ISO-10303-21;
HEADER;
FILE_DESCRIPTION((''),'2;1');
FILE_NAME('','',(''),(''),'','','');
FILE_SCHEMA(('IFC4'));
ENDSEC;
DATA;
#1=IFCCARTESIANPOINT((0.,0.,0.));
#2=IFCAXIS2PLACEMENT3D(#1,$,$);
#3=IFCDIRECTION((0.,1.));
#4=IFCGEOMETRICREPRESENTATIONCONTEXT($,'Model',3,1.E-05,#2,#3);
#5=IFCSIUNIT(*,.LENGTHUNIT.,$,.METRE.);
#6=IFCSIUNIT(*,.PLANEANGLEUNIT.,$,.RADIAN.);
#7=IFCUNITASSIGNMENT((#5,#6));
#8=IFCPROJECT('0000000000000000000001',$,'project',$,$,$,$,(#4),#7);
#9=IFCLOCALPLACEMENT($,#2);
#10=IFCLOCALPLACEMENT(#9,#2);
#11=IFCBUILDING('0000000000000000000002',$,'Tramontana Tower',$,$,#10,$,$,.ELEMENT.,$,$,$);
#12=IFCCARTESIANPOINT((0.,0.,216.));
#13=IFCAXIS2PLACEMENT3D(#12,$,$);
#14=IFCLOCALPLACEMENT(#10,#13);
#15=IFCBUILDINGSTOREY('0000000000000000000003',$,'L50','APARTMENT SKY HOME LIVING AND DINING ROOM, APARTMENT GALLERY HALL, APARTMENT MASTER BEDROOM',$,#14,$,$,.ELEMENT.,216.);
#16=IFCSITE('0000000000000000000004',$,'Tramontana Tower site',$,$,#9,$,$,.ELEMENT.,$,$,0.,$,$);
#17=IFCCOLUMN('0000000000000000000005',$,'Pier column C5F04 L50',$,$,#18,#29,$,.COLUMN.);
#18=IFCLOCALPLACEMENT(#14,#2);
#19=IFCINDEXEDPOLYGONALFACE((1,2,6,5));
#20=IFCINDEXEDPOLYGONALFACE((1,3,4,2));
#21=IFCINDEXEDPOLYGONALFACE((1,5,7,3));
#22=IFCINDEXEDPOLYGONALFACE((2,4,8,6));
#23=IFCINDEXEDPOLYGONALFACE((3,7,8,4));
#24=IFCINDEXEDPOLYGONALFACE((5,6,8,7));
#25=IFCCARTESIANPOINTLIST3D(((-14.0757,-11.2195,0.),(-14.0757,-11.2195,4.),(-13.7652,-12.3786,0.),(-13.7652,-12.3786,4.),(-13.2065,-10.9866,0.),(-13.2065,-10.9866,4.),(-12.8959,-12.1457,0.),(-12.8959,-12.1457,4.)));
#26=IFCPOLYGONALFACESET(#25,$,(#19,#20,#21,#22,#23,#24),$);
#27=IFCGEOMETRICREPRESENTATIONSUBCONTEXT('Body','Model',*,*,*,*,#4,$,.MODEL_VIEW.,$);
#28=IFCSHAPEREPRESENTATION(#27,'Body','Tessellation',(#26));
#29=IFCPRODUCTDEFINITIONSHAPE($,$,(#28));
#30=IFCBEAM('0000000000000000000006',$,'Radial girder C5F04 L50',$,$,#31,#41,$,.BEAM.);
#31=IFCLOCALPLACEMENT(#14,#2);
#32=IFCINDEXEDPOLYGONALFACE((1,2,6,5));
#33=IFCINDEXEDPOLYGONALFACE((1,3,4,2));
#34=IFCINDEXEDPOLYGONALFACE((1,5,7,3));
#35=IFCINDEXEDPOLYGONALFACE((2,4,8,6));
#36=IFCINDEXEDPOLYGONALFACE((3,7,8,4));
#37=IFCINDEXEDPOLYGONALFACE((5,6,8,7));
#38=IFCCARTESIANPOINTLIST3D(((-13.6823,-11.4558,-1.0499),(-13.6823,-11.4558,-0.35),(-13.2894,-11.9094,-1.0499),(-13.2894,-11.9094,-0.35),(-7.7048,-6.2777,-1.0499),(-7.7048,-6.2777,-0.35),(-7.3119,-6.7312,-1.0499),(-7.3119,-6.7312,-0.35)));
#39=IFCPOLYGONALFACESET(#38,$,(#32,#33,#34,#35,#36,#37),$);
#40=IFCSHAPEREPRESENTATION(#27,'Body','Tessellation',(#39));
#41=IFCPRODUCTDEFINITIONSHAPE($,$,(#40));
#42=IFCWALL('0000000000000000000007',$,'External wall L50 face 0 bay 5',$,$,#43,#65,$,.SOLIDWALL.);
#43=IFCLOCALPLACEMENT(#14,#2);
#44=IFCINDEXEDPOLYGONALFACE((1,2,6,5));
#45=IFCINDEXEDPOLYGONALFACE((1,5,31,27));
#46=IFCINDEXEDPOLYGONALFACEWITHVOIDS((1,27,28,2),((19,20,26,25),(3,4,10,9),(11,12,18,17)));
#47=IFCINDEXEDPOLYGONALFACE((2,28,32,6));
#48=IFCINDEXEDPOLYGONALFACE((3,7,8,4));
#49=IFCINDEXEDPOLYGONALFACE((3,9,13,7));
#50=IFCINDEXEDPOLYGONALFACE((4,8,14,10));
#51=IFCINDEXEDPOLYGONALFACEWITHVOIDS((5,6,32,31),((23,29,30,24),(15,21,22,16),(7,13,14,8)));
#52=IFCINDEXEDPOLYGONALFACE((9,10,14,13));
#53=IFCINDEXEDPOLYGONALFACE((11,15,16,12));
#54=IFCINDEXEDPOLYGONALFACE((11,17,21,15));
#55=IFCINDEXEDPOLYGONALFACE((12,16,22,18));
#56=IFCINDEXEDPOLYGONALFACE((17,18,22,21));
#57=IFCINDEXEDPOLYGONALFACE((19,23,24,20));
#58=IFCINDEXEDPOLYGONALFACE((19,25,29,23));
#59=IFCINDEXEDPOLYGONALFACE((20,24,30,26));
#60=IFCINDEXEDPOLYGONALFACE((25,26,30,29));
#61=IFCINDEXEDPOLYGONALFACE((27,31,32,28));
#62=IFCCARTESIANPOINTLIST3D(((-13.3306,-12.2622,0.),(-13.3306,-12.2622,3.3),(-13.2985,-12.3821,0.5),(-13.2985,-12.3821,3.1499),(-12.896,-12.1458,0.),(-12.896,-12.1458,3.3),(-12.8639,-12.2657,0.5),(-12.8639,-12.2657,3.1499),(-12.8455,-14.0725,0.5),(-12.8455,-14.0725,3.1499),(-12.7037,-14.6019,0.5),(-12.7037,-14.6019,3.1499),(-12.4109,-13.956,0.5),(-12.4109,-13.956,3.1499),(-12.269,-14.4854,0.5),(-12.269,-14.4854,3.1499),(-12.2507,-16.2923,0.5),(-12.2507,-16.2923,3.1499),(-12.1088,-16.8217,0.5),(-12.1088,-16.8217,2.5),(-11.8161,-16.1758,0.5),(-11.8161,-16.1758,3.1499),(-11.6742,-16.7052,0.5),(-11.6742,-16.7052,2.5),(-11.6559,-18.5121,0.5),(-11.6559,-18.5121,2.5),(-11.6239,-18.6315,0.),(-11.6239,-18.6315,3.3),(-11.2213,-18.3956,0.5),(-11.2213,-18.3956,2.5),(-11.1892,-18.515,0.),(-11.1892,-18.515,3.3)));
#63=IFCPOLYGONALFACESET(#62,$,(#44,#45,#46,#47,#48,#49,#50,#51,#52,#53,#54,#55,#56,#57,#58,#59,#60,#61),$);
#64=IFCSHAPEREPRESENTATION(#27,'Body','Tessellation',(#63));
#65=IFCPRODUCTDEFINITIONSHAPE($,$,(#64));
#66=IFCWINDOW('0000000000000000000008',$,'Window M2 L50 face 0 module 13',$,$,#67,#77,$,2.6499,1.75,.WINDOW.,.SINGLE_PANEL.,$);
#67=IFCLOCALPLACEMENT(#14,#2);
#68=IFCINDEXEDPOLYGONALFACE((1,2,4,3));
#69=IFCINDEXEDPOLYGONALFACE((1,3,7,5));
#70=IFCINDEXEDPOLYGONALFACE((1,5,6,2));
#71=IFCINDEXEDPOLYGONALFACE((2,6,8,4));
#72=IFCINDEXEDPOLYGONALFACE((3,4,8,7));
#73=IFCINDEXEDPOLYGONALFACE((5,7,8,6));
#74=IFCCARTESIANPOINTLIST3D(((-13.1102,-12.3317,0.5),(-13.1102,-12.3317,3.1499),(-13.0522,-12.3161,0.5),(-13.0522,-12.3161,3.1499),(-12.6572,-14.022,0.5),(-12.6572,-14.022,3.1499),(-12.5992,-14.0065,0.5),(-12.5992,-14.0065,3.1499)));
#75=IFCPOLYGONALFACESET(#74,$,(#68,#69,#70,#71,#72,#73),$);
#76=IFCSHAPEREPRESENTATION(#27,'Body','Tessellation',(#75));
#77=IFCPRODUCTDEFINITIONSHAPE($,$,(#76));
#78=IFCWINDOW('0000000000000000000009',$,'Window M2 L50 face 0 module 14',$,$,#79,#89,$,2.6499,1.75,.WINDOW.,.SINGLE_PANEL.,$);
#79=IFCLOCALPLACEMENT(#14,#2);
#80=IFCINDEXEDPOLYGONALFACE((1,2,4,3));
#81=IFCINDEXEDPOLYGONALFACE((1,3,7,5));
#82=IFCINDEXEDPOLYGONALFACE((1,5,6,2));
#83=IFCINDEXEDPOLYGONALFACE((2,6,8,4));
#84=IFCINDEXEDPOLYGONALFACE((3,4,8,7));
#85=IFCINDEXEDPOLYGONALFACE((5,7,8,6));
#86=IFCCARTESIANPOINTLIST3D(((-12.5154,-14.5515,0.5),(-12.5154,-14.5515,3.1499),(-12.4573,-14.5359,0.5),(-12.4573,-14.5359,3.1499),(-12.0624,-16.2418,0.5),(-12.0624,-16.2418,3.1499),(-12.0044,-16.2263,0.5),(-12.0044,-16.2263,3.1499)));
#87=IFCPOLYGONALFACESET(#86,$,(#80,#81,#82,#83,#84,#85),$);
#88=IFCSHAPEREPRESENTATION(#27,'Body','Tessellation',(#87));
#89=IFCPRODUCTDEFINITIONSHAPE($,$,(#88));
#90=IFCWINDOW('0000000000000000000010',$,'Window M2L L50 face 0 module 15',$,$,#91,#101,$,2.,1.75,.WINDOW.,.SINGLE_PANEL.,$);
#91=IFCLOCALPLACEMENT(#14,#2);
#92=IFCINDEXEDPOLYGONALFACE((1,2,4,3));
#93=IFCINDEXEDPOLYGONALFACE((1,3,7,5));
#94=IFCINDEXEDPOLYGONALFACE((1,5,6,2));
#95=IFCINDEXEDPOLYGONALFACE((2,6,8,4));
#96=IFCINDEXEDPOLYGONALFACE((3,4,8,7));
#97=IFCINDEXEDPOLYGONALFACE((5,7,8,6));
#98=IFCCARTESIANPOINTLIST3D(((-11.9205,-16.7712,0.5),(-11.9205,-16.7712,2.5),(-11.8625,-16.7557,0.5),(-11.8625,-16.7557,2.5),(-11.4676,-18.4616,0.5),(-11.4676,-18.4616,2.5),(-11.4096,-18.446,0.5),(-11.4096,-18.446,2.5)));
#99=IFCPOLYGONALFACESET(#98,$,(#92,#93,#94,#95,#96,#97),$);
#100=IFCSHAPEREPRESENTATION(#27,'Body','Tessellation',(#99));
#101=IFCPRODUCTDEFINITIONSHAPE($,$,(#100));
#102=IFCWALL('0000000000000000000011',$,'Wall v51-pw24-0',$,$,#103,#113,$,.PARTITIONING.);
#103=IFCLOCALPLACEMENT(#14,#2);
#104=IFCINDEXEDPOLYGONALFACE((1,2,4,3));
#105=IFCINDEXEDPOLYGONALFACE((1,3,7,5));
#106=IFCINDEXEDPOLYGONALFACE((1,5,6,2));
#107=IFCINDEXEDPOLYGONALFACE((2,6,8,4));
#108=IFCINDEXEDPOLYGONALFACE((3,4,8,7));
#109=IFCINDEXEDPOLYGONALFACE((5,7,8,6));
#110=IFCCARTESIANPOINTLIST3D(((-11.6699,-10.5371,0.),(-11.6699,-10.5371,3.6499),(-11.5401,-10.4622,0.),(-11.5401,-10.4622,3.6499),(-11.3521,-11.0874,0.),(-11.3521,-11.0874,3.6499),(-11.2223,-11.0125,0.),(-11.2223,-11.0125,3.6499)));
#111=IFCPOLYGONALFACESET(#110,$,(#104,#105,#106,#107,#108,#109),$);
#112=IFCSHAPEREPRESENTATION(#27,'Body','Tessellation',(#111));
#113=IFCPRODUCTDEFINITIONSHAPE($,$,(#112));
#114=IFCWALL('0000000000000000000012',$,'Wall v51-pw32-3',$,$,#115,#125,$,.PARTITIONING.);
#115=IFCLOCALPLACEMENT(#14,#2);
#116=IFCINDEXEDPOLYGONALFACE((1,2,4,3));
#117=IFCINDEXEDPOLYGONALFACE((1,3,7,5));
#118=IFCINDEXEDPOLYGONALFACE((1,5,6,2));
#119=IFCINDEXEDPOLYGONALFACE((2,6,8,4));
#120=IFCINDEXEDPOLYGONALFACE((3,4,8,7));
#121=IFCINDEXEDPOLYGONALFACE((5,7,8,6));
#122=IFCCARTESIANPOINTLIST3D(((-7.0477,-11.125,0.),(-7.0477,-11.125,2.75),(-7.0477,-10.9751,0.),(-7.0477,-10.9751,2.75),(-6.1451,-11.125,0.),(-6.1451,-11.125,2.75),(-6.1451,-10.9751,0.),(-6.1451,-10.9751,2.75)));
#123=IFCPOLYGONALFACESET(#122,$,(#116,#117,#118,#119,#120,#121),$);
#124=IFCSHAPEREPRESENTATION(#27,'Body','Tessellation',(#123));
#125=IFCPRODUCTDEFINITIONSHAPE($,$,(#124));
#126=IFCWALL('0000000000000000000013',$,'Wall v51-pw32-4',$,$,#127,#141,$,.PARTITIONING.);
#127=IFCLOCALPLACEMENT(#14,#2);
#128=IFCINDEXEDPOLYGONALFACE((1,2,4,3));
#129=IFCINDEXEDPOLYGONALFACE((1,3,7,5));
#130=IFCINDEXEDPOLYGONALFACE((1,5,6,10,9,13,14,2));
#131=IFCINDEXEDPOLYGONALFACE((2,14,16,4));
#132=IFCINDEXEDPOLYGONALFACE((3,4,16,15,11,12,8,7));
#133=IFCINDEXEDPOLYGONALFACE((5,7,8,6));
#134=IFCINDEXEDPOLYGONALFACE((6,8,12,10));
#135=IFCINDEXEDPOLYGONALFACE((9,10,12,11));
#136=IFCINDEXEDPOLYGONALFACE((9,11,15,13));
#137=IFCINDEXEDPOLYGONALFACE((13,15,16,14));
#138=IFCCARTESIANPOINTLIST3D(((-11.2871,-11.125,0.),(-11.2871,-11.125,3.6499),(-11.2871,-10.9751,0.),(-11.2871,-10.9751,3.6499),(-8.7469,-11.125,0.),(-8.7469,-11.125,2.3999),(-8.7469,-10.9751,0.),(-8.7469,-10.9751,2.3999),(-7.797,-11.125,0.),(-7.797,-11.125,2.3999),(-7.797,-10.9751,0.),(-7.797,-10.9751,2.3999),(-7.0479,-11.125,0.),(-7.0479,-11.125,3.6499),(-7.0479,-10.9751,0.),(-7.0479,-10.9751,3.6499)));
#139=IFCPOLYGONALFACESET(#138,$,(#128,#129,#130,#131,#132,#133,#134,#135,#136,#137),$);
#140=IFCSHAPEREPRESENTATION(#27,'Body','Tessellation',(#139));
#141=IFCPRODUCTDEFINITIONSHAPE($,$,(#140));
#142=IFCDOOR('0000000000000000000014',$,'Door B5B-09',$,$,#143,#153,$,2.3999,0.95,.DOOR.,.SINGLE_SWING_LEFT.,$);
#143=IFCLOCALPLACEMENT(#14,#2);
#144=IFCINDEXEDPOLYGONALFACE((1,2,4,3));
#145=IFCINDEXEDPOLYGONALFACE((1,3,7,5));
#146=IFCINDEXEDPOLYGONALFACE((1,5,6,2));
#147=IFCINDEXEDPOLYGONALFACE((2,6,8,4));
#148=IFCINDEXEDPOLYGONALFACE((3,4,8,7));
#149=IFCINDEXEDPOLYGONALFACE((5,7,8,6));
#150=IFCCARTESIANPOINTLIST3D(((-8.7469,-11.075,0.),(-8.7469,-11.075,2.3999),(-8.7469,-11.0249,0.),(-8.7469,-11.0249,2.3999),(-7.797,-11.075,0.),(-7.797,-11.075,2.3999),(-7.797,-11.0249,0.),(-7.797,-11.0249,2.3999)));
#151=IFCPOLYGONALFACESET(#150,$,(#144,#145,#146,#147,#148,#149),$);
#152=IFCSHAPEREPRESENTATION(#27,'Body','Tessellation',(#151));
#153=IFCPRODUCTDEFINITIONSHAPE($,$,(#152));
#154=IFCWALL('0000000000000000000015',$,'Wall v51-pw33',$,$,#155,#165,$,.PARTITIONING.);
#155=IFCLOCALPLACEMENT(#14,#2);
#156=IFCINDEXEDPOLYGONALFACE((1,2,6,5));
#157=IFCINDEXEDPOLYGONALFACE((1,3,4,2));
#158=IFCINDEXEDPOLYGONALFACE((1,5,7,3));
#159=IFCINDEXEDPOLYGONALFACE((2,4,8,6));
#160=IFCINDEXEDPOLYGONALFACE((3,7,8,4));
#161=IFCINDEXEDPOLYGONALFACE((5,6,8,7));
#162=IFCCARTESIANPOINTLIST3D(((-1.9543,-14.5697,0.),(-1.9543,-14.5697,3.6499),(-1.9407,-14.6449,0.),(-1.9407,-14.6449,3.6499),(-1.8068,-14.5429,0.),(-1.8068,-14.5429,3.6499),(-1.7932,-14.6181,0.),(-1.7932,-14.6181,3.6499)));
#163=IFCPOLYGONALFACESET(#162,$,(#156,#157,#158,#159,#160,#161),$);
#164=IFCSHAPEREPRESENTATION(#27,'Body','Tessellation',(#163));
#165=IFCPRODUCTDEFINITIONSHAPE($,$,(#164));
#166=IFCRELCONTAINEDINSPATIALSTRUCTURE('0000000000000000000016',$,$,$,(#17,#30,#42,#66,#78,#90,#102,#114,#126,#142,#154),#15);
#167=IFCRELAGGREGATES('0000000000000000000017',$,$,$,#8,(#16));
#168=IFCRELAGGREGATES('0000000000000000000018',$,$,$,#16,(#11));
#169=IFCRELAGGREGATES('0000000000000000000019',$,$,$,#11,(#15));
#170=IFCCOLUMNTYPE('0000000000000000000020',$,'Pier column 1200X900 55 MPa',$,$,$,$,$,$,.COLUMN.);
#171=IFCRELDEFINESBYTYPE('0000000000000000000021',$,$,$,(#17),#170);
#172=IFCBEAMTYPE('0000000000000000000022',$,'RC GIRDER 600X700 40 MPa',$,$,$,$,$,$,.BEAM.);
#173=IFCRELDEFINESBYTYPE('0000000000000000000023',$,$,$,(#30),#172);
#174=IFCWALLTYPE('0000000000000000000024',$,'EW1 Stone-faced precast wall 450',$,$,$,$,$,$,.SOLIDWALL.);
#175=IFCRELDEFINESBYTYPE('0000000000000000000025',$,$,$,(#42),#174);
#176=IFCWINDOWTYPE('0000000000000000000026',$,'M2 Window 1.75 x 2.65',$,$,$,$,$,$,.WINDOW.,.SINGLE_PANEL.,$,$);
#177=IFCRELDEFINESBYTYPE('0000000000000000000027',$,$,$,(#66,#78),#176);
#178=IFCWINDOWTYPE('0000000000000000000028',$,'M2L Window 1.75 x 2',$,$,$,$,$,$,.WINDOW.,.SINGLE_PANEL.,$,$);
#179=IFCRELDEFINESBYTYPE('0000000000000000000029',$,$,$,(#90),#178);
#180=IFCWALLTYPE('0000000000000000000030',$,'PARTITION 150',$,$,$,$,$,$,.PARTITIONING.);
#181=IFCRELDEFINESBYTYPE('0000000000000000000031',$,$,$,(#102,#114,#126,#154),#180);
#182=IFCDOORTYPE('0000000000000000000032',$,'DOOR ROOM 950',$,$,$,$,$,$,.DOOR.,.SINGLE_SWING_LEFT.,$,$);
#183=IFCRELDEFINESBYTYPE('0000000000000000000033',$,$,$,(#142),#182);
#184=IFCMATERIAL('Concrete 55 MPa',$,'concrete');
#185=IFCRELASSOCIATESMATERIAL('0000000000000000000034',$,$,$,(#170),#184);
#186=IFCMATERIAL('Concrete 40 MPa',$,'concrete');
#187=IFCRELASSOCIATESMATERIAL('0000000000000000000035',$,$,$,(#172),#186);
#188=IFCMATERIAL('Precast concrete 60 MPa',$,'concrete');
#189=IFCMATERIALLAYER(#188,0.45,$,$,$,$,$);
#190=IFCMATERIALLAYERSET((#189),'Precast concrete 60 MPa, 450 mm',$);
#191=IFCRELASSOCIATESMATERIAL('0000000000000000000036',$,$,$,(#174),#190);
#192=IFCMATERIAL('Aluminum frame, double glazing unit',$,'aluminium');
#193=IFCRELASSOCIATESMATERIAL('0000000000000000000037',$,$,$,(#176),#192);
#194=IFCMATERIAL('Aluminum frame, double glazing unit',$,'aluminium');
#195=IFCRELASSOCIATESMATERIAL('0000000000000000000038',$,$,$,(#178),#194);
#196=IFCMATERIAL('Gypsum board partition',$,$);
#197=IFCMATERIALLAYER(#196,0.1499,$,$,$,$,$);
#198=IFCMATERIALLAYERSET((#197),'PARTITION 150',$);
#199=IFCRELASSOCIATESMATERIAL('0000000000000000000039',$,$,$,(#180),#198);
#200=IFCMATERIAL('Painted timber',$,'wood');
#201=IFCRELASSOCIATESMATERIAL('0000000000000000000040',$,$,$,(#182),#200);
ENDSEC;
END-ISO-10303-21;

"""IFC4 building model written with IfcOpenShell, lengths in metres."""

from ifc_helpers import new_model, si_unit, direction, frame, frame_2d, origin, origin_2d, place, context, subcontext, project, spatial, rectangle, extrude, material, layer, layer_set, material_profile, profile_set, type_object, element, fill, save


model = new_model("IFC4")

# Units and contexts
model_context = context("Model", 3, precision=1e-05, world=origin(), true_north=direction((0.0, 1.0)))
body_context = subcontext(model_context, "Body", "Model", "MODEL_VIEW")
ifc_project = project(units=[si_unit("LENGTHUNIT", "METRE"), si_unit("PLANEANGLEUNIT", "RADIAN")], contexts=[model_context])

# Site, building, storey
site_placement = place(None, origin())
site = spatial("IfcSite", under=ifc_project, at=site_placement, Name="Tramontana Tower site", CompositionType="ELEMENT", RefElevation=0.0)
building_placement = place(site_placement, origin())
building = spatial("IfcBuilding", under=site, at=building_placement, Name="Tramontana Tower", CompositionType="ELEMENT")
storey_placement = place(building_placement, frame((0.0, 0.0, 216.0)))
storey = spatial("IfcBuildingStorey", under=building, at=storey_placement, Name="L50", Description="APARTMENT SKY HOME LIVING AND DINING ROOM, APARTMENT GALLERY HALL, APARTMENT MASTER BEDROOM", CompositionType="ELEMENT", Elevation=216.0)

# Column
ifc_material_1 = material(Name="Concrete 55 MPa", Category="concrete")
ifc_material_profile_1 = material_profile(ifc_material_1, rectangle(XDim=1.2, YDim=0.8999, at=origin_2d()), Name="Pier column 1200X900 55 MPa")
ifc_profile_set_1 = profile_set([ifc_material_profile_1], Name="Concrete 55 MPa")
column_type = type_object("IfcColumnType", Name="Pier column 1200X900 55 MPa", PredefinedType="COLUMN", material=ifc_profile_set_1)
column_placement = place(storey_placement, frame((-13.4858, -11.6826, 0.0), z_axis=(0.0, 0.0, 1.0), x_axis=(0.258819, -0.965926, 0.0)))
element("IfcColumn", 1, at=column_placement, inside=storey, type_object=column_type, Name="Pier column C5F04 L50", PredefinedType="COLUMN", context=body_context, shape_type="SweptSolid", body=[
    extrude(rectangle(XDim=1.2, YDim=0.8999, at=origin_2d()), origin(), (0.0, 0.0, 1.0), 4.0),
])

# Beam
ifc_material_2 = material(Name="Concrete 40 MPa", Category="concrete")
ifc_material_profile_2 = material_profile(ifc_material_2, rectangle(XDim=0.6001, YDim=0.7, at=origin_2d()), Name="RC GIRDER 600X700 40 MPa")
ifc_profile_set_2 = profile_set([ifc_material_profile_2], Name="Concrete 40 MPa")
beam_type = type_object("IfcBeamType", Name="RC GIRDER 600X700 40 MPa", PredefinedType="BEAM", material=ifc_profile_set_2)
beam_placement = place(storey_placement, frame((-13.4858, -11.6826, -0.7), z_axis=(0.755834, 0.654764, 0.0), x_axis=(-0.654764, 0.755834, 0.0)))
element("IfcBeam", 2, at=beam_placement, inside=storey, type_object=beam_type, Name="Radial girder C5F04 L50", PredefinedType="BEAM", context=body_context, shape_type="SweptSolid", body=[
    extrude(rectangle(XDim=0.6001, YDim=0.7, at=origin_2d()), origin(), (0.0, 0.0, 1.0), 7.9084),
])

# Wall, openings, windows
ifc_material_3 = material(Name="Precast concrete 60 MPa", Category="concrete")
ifc_layer_1 = layer(ifc_material_3, 0.45)
ifc_layer_set_1 = layer_set([ifc_layer_1], Name="Precast concrete 60 MPa, 450 mm")
wall_type_1 = type_object("IfcWallType", Name="EW1 Stone-faced precast wall 450", PredefinedType="SOLIDWALL", material=ifc_layer_set_1)
wall_1_placement = place(storey_placement, frame((-13.1133, -12.2041, 0.0), z_axis=(0.0, 0.0, 1.0), x_axis=(0.258835, -0.965921, 0.0)))
wall_1 = element("IfcWall", 3, at=wall_1_placement, inside=storey, type_object=wall_type_1, Name="External wall L50 face 0 bay 5", PredefinedType="SOLIDWALL", context=body_context, shape_type="SweptSolid", body=[
    extrude(rectangle(XDim=6.594, YDim=0.45, at=frame_2d((3.2969, 0.0))), origin(), (0.0, 0.0, 1.0), 3.3),
])
opening_1_placement = place(wall_1_placement, frame((0.124, 0.0, 0.5)))
opening_1 = element("IfcOpeningElement", 4, at=opening_1_placement, cuts=wall_1, PredefinedType="OPENING", context=body_context, shape_type="SweptSolid", body=[
    extrude(rectangle(XDim=1.75, YDim=2.6499, at=frame_2d((0.875, 1.325))), frame((0.0, 0.2349, 0.0), z_axis=(0.0, -1.0, 0.0), x_axis=(1.0, 0.0, 0.0)), (0.0, 0.0, 1.0), 0.47),
])
opening_2_placement = place(wall_1_placement, frame((2.4221, 0.0, 0.5)))
opening_2 = element("IfcOpeningElement", 5, at=opening_2_placement, cuts=wall_1, PredefinedType="OPENING", context=body_context, shape_type="SweptSolid", body=[
    extrude(rectangle(XDim=1.75, YDim=2.6499, at=frame_2d((0.875, 1.325))), frame((0.0, 0.2349, 0.0), z_axis=(0.0, -1.0, 0.0), x_axis=(1.0, 0.0, 0.0)), (0.0, 0.0, 1.0), 0.47),
])
opening_3_placement = place(wall_1_placement, frame((4.7202, 0.0, 0.5)))
opening_3 = element("IfcOpeningElement", 6, at=opening_3_placement, cuts=wall_1, PredefinedType="OPENING", context=body_context, shape_type="SweptSolid", body=[
    extrude(rectangle(XDim=1.75, YDim=2.0, at=frame_2d((0.875, 1.0))), frame((0.0, 0.2349, 0.0), z_axis=(0.0, -1.0, 0.0), x_axis=(1.0, 0.0, 0.0)), (0.0, 0.0, 1.0), 0.47),
])
ifc_material_4 = material(Name="Aluminum frame, double glazing unit", Category="aluminium")
window_type_1 = type_object("IfcWindowType", Name="M2 Window 1.75 x 2.65", PartitioningType="SINGLE_PANEL", PredefinedType="WINDOW", material=ifc_material_4)
window_1_placement = place(opening_1_placement, origin())
window_1 = element("IfcWindow", 7, at=window_1_placement, inside=storey, type_object=window_type_1, Name="Window M2 L50 face 0 module 13", OverallHeight=2.6499, OverallWidth=1.75, PartitioningType="SINGLE_PANEL", PredefinedType="WINDOW", context=body_context, shape_type="SweptSolid", body=[
    extrude(rectangle(XDim=1.75, YDim=2.6499, at=frame_2d((0.875, 1.325))), frame((0.0, 0.03, 0.0), z_axis=(0.0, -1.0, 0.0), x_axis=(1.0, 0.0, 0.0)), (0.0, 0.0, 1.0), 0.0601),
])
fill(opening_1, window_1)
window_2_placement = place(opening_2_placement, origin())
window_2 = element("IfcWindow", 8, at=window_2_placement, inside=storey, type_object=window_type_1, Name="Window M2 L50 face 0 module 14", OverallHeight=2.6499, OverallWidth=1.75, PartitioningType="SINGLE_PANEL", PredefinedType="WINDOW", context=body_context, shape_type="SweptSolid", body=[
    extrude(rectangle(XDim=1.75, YDim=2.6499, at=frame_2d((0.875, 1.325))), frame((0.0, 0.03, 0.0), z_axis=(0.0, -1.0, 0.0), x_axis=(1.0, 0.0, 0.0)), (0.0, 0.0, 1.0), 0.0601),
])
fill(opening_2, window_2)
ifc_material_5 = material(Name="Aluminum frame, double glazing unit", Category="aluminium")
window_type_2 = type_object("IfcWindowType", Name="M2L Window 1.75 x 2", PartitioningType="SINGLE_PANEL", PredefinedType="WINDOW", material=ifc_material_5)
window_3_placement = place(opening_3_placement, origin())
window_3 = element("IfcWindow", 9, at=window_3_placement, inside=storey, type_object=window_type_2, Name="Window M2L L50 face 0 module 15", OverallHeight=2.0, OverallWidth=1.75, PartitioningType="SINGLE_PANEL", PredefinedType="WINDOW", context=body_context, shape_type="SweptSolid", body=[
    extrude(rectangle(XDim=1.75, YDim=2.0, at=frame_2d((0.875, 1.0))), frame((0.0, 0.03, 0.0), z_axis=(0.0, -1.0, 0.0), x_axis=(1.0, 0.0, 0.0)), (0.0, 0.0, 1.0), 0.0601),
])
fill(opening_3, window_3)

# Shared definitions
ifc_material_6 = material(Name="Gypsum board partition")
ifc_layer_2 = layer(ifc_material_6, 0.1499)
ifc_layer_set_2 = layer_set([ifc_layer_2], Name="PARTITION 150")
wall_type_2 = type_object("IfcWallType", Name="PARTITION 150", PredefinedType="PARTITIONING", material=ifc_layer_set_2)

# Wall
wall_2_placement = place(storey_placement, frame((-11.2871, -11.05, 0.0), z_axis=(0.0, 0.0, 1.0), x_axis=(-0.500188, 0.865917, 0.0)))
element("IfcWall", 10, at=wall_2_placement, inside=storey, type_object=wall_type_2, Name="Wall v51-pw24-0", PredefinedType="PARTITIONING", context=body_context, shape_type="SweptSolid", body=[
    extrude(rectangle(XDim=0.6355, YDim=0.1499, at=frame_2d((0.3179, 0.0))), origin(), (0.0, 0.0, 1.0), 3.6499),
])

# Wall
wall_3_placement = place(storey_placement, frame((-6.1453, -11.05, 0.0), z_axis=(0.0, 0.0, 1.0), x_axis=(-1.0, 0.0, 0.0)))
element("IfcWall", 11, at=wall_3_placement, inside=storey, type_object=wall_type_2, Name="Wall v51-pw32-3", PredefinedType="PARTITIONING", context=body_context, shape_type="SweptSolid", body=[
    extrude(rectangle(XDim=0.9026, YDim=0.1499, at=frame_2d((0.4512, 0.0))), origin(), (0.0, 0.0, 1.0), 2.75),
])

# Wall, opening, door
wall_4_placement = place(storey_placement, frame((-7.0479, -11.05, 0.0), z_axis=(0.0, 0.0, 1.0), x_axis=(-1.0, 0.0, 0.0)))
wall_4 = element("IfcWall", 12, at=wall_4_placement, inside=storey, type_object=wall_type_2, Name="Wall v51-pw32-4", PredefinedType="PARTITIONING", context=body_context, shape_type="SweptSolid", body=[
    extrude(rectangle(XDim=4.2393, YDim=0.1499, at=frame_2d((2.1196, 0.0))), origin(), (0.0, 0.0, 1.0), 3.6499),
])
opening_4_placement = place(wall_4_placement, frame((0.749, 0.0, 0.0)))
opening_4 = element("IfcOpeningElement", 13, at=opening_4_placement, cuts=wall_4, PredefinedType="OPENING", context=body_context, shape_type="SweptSolid", body=[
    extrude(rectangle(XDim=0.95, YDim=2.3999, at=frame_2d((0.4751, 1.2))), frame((0.0, 0.085, 0.0), z_axis=(0.0, -1.0, 0.0), x_axis=(1.0, 0.0, 0.0)), (0.0, 0.0, 1.0), 0.1699),
])
ifc_material_7 = material(Name="Painted timber", Category="wood")
door_type_1 = type_object("IfcDoorType", Name="DOOR ROOM 950", OperationType="SINGLE_SWING_LEFT", PredefinedType="DOOR", material=ifc_material_7)
door_1_placement = place(opening_4_placement, origin())
door_1 = element("IfcDoor", 14, at=door_1_placement, inside=storey, type_object=door_type_1, Name="Door B5B-09", OperationType="SINGLE_SWING_LEFT", OverallHeight=2.3999, OverallWidth=0.95, PredefinedType="DOOR", context=body_context, shape_type="SweptSolid", body=[
    extrude(rectangle(XDim=0.95, YDim=2.3999, at=frame_2d((0.4751, 1.2))), frame((0.0, 0.0249, 0.0), z_axis=(0.0, -1.0, 0.0), x_axis=(1.0, 0.0, 0.0)), (0.0, 0.0, 1.0), 0.05),
])
fill(opening_4, door_1)

# Wall
for number, where, z_axis, x_axis, name in (
    (15, (-1.8669, -14.6313, 0.0), (0.0, 0.0, 1.0), (-0.178885, 0.98387, 0.0), "Wall v51-pw33"),
):
    element("IfcWall", number, at=place(storey_placement, frame(where, z_axis=z_axis, x_axis=x_axis)), inside=storey, type_object=wall_type_2, Name=name, PredefinedType="PARTITIONING", context=body_context, shape_type="SweptSolid", body=[
        extrude(rectangle(XDim=0.0764, YDim=0.1499, at=frame_2d((0.0381, 0.0))), origin(), (0.0, 0.0, 1.0), 3.6499),
    ])

save(model, "model.ifc")
